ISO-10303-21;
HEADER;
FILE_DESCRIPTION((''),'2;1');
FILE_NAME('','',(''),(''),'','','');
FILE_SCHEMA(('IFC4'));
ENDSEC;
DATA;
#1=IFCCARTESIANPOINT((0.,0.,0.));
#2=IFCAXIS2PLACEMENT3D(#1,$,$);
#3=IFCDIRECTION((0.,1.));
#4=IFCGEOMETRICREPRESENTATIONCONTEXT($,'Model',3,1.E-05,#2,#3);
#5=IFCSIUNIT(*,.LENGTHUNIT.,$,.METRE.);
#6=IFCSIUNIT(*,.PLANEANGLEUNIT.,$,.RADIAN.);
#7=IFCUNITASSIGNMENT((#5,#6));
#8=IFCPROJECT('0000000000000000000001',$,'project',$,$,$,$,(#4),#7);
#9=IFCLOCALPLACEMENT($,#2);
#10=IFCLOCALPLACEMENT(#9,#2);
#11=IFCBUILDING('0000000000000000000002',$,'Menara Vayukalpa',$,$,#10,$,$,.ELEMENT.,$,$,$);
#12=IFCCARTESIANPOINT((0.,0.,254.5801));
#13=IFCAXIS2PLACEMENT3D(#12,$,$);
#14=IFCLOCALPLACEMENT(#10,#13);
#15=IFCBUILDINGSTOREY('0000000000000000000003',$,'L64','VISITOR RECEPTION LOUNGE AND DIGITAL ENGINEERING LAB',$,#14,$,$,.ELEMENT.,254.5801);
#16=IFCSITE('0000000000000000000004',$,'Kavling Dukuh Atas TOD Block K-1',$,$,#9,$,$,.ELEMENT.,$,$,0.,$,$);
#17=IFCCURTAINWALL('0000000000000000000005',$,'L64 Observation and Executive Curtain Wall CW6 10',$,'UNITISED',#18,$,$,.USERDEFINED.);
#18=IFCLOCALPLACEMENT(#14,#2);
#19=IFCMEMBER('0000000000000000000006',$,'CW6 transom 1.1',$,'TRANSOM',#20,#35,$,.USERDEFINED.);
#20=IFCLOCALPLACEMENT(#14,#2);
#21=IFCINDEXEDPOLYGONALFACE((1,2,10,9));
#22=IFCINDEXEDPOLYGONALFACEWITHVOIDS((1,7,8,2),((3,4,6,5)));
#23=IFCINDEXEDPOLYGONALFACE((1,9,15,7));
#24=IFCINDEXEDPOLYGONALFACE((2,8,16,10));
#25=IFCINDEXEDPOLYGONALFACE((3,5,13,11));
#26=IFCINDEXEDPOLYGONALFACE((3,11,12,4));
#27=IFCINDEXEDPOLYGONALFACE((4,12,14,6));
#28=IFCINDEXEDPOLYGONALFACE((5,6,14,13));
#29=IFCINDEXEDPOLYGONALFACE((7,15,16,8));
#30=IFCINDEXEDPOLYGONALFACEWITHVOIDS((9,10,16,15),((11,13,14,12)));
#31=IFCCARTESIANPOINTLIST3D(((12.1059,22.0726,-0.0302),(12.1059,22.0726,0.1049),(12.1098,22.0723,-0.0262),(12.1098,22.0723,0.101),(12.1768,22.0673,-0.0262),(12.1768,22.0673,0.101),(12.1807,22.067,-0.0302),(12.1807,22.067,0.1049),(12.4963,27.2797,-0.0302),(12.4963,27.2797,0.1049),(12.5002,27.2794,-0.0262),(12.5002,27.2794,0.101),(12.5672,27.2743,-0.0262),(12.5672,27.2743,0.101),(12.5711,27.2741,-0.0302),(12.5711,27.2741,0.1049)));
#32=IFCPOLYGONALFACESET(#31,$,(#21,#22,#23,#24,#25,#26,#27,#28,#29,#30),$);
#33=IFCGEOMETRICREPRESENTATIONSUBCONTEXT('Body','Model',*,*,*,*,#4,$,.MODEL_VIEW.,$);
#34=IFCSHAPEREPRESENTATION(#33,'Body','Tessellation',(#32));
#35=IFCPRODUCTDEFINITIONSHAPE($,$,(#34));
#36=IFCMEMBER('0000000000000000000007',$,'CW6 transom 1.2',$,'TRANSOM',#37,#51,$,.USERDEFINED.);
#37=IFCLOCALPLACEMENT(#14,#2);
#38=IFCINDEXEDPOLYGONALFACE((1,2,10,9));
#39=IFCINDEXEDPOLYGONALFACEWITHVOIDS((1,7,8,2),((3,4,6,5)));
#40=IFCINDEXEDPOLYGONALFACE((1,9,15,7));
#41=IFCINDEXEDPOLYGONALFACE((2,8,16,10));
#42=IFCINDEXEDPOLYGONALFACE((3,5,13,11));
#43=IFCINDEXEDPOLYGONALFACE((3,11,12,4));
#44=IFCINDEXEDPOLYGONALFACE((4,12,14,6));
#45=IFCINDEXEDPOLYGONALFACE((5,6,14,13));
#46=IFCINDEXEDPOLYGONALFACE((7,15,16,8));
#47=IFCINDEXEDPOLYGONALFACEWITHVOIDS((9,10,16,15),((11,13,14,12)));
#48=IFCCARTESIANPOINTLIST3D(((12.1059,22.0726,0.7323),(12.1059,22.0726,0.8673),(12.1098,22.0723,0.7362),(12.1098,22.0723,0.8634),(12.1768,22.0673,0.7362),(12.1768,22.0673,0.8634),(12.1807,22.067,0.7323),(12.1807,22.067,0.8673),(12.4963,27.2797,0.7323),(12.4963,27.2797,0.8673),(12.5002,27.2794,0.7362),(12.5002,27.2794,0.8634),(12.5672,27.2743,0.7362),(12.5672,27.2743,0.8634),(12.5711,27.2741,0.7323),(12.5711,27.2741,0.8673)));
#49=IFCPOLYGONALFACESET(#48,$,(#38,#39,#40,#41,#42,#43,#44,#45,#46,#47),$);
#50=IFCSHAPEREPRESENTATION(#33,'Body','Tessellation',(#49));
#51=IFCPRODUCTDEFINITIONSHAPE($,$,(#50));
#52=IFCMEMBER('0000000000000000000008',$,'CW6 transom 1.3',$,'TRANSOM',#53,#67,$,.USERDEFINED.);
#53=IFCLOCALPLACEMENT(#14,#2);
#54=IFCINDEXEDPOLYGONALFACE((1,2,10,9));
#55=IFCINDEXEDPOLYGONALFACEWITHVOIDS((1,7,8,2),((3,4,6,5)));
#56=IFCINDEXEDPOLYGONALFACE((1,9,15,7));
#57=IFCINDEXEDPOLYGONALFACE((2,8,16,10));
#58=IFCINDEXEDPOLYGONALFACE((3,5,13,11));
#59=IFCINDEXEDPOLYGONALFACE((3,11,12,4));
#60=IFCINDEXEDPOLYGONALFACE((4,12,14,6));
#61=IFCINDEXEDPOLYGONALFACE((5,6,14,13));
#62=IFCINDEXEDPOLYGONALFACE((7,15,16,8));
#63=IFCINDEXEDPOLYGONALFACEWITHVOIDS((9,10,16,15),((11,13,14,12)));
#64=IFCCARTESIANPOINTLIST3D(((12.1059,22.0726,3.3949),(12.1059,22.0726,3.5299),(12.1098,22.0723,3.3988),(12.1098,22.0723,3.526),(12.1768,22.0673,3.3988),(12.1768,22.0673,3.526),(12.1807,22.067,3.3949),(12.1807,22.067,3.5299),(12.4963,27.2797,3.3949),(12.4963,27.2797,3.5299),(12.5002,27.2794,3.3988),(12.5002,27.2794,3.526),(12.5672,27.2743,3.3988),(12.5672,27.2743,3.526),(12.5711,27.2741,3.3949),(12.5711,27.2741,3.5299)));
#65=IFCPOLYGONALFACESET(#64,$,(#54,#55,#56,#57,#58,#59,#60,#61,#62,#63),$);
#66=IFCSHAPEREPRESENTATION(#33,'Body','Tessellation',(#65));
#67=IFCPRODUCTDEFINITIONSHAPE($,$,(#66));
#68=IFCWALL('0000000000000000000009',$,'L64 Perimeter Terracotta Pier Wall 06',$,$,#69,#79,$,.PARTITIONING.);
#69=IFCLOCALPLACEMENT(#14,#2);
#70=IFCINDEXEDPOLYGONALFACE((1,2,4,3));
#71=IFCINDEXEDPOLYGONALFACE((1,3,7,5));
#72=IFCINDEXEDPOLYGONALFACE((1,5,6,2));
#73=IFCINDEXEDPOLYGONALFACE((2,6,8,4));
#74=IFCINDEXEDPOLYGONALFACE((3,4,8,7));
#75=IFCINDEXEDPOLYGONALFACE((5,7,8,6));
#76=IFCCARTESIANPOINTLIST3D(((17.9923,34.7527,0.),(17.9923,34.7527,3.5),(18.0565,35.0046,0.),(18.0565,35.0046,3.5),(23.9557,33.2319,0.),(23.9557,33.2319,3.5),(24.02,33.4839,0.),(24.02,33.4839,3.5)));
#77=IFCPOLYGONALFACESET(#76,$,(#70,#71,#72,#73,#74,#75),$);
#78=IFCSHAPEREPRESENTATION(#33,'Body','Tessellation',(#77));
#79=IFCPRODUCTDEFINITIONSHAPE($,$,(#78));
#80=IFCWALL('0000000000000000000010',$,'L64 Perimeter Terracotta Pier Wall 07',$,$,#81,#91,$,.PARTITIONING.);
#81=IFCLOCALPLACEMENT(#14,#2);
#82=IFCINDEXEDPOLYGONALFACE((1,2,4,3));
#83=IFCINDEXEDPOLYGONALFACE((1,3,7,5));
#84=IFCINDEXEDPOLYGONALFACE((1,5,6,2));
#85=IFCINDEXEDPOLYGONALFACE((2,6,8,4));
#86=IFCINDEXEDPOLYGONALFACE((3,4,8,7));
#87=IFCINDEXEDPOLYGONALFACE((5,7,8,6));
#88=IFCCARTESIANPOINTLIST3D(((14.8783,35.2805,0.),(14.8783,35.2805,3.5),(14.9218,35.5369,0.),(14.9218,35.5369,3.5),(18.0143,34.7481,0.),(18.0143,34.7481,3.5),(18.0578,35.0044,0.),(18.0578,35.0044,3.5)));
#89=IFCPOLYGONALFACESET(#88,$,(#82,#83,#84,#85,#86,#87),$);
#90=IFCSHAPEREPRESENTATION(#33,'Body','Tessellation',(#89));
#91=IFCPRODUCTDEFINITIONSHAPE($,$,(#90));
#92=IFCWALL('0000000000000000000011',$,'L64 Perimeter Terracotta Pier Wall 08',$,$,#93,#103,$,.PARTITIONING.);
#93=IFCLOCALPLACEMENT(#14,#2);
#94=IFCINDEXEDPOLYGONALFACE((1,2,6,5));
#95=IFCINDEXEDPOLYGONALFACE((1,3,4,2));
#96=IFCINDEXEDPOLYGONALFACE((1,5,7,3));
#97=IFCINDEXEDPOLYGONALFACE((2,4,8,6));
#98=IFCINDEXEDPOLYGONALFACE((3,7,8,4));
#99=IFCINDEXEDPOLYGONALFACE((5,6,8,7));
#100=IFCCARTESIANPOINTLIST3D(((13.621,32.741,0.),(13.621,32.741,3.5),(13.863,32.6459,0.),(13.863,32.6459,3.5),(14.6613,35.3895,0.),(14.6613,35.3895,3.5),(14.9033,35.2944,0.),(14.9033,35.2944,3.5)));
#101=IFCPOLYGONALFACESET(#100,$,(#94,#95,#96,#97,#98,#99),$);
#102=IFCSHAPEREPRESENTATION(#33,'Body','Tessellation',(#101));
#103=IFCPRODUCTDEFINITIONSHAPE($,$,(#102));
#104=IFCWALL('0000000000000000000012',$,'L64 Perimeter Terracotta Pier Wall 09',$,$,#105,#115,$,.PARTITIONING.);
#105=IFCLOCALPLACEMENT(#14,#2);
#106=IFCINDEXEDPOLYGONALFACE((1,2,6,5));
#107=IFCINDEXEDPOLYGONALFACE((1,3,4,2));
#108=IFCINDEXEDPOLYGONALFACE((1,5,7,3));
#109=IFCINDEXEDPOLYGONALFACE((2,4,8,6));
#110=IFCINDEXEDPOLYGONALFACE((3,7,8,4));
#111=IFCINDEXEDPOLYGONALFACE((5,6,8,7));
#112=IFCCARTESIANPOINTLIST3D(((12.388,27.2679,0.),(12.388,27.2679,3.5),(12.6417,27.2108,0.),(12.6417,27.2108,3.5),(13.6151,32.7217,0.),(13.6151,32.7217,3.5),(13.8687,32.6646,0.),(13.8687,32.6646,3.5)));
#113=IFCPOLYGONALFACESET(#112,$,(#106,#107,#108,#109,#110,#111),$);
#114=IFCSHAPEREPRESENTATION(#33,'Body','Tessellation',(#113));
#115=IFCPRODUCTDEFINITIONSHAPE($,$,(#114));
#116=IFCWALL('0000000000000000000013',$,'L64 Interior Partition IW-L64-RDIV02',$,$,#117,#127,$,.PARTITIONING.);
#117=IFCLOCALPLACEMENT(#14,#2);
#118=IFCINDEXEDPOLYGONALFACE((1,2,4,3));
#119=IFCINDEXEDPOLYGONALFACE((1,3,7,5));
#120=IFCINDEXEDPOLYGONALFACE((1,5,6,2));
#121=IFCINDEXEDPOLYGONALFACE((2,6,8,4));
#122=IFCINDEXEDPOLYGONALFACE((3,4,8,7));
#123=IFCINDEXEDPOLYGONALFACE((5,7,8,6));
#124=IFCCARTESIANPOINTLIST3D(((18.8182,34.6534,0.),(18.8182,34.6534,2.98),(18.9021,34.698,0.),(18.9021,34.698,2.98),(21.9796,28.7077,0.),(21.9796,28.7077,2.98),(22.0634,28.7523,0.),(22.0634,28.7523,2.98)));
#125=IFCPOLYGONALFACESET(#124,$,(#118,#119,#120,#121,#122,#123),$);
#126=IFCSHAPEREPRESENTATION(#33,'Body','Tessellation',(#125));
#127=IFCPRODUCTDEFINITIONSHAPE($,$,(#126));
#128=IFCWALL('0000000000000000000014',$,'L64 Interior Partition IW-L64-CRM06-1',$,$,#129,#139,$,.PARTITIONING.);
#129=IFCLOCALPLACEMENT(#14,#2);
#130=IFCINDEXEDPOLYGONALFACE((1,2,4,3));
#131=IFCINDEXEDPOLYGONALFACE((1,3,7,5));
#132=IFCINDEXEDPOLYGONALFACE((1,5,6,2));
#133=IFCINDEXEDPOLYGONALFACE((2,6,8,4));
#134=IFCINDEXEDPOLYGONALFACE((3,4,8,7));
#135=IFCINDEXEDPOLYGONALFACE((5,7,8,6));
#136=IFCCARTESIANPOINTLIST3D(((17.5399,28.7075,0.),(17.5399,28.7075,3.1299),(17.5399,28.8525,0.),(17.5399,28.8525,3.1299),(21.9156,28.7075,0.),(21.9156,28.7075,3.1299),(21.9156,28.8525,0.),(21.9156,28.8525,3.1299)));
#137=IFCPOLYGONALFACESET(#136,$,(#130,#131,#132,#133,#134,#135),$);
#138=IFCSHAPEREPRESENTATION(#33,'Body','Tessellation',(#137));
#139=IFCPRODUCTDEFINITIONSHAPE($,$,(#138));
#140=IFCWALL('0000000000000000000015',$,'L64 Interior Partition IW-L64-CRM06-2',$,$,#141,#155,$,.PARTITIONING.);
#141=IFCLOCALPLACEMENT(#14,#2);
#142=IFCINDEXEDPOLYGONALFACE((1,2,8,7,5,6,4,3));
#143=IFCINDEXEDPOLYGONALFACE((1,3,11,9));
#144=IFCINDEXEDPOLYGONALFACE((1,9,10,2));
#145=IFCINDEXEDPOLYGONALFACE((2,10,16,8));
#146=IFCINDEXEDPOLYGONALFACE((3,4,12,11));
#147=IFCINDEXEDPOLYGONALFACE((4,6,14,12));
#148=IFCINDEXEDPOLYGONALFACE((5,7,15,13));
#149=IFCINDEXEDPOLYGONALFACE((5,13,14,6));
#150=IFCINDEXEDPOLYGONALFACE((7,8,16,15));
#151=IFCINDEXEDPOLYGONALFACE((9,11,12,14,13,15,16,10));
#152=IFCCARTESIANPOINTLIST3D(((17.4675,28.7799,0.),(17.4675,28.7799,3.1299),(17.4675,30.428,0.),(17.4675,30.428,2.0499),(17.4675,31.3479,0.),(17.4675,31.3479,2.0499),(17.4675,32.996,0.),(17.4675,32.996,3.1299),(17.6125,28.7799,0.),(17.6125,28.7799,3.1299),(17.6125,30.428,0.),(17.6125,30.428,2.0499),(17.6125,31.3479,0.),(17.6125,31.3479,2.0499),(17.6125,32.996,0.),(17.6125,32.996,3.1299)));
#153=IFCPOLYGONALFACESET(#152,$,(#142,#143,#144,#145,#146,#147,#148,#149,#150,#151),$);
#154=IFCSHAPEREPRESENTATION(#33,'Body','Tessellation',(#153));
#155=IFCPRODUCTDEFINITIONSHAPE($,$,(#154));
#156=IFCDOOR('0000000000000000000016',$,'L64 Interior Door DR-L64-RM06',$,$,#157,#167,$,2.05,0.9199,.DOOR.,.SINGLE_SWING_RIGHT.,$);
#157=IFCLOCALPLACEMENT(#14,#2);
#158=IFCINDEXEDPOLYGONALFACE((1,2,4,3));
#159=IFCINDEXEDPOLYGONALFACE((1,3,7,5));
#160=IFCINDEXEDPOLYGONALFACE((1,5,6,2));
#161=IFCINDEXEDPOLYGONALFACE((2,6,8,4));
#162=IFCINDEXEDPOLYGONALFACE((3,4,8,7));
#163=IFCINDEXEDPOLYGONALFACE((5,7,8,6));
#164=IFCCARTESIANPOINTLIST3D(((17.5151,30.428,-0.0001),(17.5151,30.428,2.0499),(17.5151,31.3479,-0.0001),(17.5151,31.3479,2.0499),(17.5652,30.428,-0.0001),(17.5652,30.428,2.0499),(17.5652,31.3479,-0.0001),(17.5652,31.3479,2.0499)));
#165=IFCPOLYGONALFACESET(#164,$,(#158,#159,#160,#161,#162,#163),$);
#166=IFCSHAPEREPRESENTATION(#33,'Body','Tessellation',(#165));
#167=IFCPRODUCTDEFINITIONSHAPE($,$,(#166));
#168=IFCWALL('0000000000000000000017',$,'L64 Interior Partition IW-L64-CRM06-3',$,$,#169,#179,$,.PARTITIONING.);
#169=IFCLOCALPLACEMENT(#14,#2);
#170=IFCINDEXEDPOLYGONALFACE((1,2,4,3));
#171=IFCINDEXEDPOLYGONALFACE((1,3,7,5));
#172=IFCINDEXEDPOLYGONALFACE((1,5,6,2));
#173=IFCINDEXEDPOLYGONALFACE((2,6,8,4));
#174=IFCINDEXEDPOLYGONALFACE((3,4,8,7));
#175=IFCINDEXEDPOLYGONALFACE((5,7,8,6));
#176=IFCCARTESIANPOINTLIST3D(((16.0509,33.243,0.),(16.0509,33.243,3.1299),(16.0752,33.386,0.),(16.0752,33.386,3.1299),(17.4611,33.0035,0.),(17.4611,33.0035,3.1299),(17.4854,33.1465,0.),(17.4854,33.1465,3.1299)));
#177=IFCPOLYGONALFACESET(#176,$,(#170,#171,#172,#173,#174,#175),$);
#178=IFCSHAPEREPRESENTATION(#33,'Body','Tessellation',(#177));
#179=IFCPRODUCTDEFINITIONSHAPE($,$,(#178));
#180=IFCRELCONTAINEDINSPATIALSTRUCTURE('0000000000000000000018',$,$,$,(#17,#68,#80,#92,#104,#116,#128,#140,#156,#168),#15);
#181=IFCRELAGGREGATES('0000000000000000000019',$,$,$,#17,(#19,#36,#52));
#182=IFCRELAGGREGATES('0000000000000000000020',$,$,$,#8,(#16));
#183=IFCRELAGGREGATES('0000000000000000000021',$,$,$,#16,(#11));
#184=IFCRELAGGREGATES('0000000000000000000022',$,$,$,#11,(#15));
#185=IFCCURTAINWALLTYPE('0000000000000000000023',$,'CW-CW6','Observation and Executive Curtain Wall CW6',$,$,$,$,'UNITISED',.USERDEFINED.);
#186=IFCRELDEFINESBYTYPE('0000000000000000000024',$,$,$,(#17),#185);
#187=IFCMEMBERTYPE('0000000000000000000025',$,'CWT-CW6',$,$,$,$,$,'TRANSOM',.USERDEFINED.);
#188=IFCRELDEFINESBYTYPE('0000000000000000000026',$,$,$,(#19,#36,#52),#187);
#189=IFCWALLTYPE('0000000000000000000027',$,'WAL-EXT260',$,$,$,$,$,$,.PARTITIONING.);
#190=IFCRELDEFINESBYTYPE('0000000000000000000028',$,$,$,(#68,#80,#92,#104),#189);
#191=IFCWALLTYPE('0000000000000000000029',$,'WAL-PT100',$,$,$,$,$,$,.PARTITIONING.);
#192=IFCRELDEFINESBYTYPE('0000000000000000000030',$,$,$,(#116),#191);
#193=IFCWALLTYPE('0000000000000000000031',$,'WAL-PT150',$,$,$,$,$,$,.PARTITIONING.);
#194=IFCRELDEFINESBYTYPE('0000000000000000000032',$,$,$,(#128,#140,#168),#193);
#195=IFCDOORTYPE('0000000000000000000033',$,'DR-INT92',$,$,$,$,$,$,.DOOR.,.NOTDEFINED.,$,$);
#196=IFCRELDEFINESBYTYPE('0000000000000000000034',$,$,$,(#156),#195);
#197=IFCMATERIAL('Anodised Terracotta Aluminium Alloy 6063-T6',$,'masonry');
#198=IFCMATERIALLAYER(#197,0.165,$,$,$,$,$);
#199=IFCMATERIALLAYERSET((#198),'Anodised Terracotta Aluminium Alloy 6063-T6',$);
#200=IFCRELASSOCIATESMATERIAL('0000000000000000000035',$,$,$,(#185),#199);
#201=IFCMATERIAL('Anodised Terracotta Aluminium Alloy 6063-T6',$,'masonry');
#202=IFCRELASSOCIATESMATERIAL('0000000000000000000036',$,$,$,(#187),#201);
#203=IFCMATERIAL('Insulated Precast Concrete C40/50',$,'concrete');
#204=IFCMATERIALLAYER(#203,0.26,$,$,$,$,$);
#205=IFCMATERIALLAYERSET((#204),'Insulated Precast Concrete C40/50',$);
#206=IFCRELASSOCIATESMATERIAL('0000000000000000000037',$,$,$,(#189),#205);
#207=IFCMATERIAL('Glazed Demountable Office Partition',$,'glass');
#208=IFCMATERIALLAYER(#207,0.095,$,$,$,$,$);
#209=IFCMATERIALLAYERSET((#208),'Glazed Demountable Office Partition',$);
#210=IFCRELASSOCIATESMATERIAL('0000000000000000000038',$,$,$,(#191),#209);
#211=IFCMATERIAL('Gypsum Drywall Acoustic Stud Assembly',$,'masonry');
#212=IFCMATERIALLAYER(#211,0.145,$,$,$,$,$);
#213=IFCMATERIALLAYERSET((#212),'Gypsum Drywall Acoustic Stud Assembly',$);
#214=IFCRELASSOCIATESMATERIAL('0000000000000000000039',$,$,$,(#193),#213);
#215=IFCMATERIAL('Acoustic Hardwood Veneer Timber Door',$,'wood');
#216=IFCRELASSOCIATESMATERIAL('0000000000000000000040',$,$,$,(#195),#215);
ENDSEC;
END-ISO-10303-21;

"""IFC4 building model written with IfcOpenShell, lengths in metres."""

from ifc_helpers import new_model, si_unit, direction, frame, frame_2d, origin, origin_2d, place, context, subcontext, project, spatial, rectangle, hollow_rectangle, extrude, material, layer, layer_set, material_profile, profile_set, type_object, element, fill, aggregate, save


model = new_model("IFC4")

# Units and contexts
model_context = context("Model", 3, precision=1e-05, world=origin(), true_north=direction((0.0, 1.0)))
body_context = subcontext(model_context, "Body", "Model", "MODEL_VIEW")
ifc_project = project(units=[si_unit("LENGTHUNIT", "METRE"), si_unit("PLANEANGLEUNIT", "RADIAN")], contexts=[model_context])

# Site, building, storey
site_placement = place(None, origin())
site = spatial("IfcSite", under=ifc_project, at=site_placement, Name="Kavling Dukuh Atas TOD Block K-1", CompositionType="ELEMENT", RefElevation=0.0)
building_placement = place(site_placement, origin())
building = spatial("IfcBuilding", under=site, at=building_placement, Name="Menara Vayukalpa", CompositionType="ELEMENT")
storey_placement = place(building_placement, frame((0.0, 0.0, 254.5801)))
storey = spatial("IfcBuildingStorey", under=building, at=storey_placement, Name="L64", Description="VISITOR RECEPTION LOUNGE AND DIGITAL ENGINEERING LAB", CompositionType="ELEMENT", Elevation=254.5801)

# Curtain wall, members
ifc_material_1 = material(Name="Anodised Terracotta Aluminium Alloy 6063-T6", Category="masonry")
ifc_layer_1 = layer(ifc_material_1, 0.165)
ifc_layer_set_1 = layer_set([ifc_layer_1], Name="Anodised Terracotta Aluminium Alloy 6063-T6")
curtain_wall_type = type_object("IfcCurtainWallType", Name="CW-CW6", Description="Observation and Executive Curtain Wall CW6", ElementType="UNITISED", PredefinedType="USERDEFINED", material=ifc_layer_set_1)
curtain_wall_placement = place(storey_placement, origin())
curtain_wall = element("IfcCurtainWall", 1, at=curtain_wall_placement, inside=storey, type_object=curtain_wall_type, Name="L64 Observation and Executive Curtain Wall CW6 10", ObjectType="UNITISED", PredefinedType="USERDEFINED")
ifc_material_2 = material(Name="Anodised Terracotta Aluminium Alloy 6063-T6", Category="masonry")
ifc_material_profile_1 = material_profile(ifc_material_2, hollow_rectangle(XDim=0.075, YDim=0.135, WallThickness=0.0039, at=origin_2d()), Name="ALU 75x135x4")
ifc_profile_set_1 = profile_set([ifc_material_profile_1], Name="Anodised Terracotta Aluminium Alloy 6063-T6")
member_type_1 = type_object("IfcMemberType", Name="CWT-CW6", ElementType="TRANSOM", PredefinedType="USERDEFINED", material=ifc_profile_set_1)
member_1_placement = place(storey_placement, frame((12.5337, 27.2769, 0.0374), z_axis=(-0.074762, -0.997201, 0.0), x_axis=(0.997201, -0.074762, 0.0)))
member_1 = element("IfcMember", 2, at=member_1_placement, type_object=member_type_1, Name="CW6 transom 1.1", ObjectType="TRANSOM", PredefinedType="USERDEFINED", context=body_context, shape_type="SweptSolid", body=[
    extrude(hollow_rectangle(XDim=0.075, YDim=0.135, WallThickness=0.0039, at=origin_2d()), origin(), (0.0, 0.0, 1.0), 5.2217),
])
member_2_placement = place(storey_placement, frame((12.5337, 27.2769, 0.7998), z_axis=(-0.074762, -0.997201, 0.0), x_axis=(0.997201, -0.074762, 0.0)))
member_2 = element("IfcMember", 3, at=member_2_placement, type_object=member_type_1, Name="CW6 transom 1.2", ObjectType="TRANSOM", PredefinedType="USERDEFINED", context=body_context, shape_type="SweptSolid", body=[
    extrude(hollow_rectangle(XDim=0.075, YDim=0.135, WallThickness=0.0039, at=origin_2d()), origin(), (0.0, 0.0, 1.0), 5.2217),
])
member_3_placement = place(storey_placement, frame((12.5337, 27.2769, 3.4624), z_axis=(-0.074762, -0.997201, 0.0), x_axis=(0.997201, -0.074762, 0.0)))
member_3 = element("IfcMember", 4, at=member_3_placement, type_object=member_type_1, Name="CW6 transom 1.3", ObjectType="TRANSOM", PredefinedType="USERDEFINED", context=body_context, shape_type="SweptSolid", body=[
    extrude(hollow_rectangle(XDim=0.075, YDim=0.135, WallThickness=0.0039, at=origin_2d()), origin(), (0.0, 0.0, 1.0), 5.2217),
])
aggregate(curtain_wall, [member_1, member_2, member_3])

# Walls
ifc_material_3 = material(Name="Insulated Precast Concrete C40/50", Category="concrete")
ifc_layer_2 = layer(ifc_material_3, 0.26)
ifc_layer_set_2 = layer_set([ifc_layer_2], Name="Insulated Precast Concrete C40/50")
wall_type_1 = type_object("IfcWallType", Name="WAL-EXT260", PredefinedType="PARTITIONING", material=ifc_layer_set_2)
wall_1_placement = place(storey_placement, frame((18.0244, 34.8787, 0.0), z_axis=(0.0, 0.0, 1.0), x_axis=(0.968988, -0.247107, 0.0)))
element("IfcWall", 5, at=wall_1_placement, inside=storey, type_object=wall_type_1, Name="L64 Perimeter Terracotta Pier Wall 06", PredefinedType="PARTITIONING", context=body_context, shape_type="SweptSolid", body=[
    extrude(rectangle(XDim=6.1543, YDim=0.26, at=frame_2d((3.0771, 0.0))), origin(), (0.0, 0.0, 1.0), 3.5),
])
wall_2_placement = place(storey_placement, frame((14.9001, 35.4087, 0.0), z_axis=(0.0, 0.0, 1.0), x_axis=(0.985889, -0.167398, 0.0)))
element("IfcWall", 6, at=wall_2_placement, inside=storey, type_object=wall_type_1, Name="L64 Perimeter Terracotta Pier Wall 07", PredefinedType="PARTITIONING", context=body_context, shape_type="SweptSolid", body=[
    extrude(rectangle(XDim=3.1809, YDim=0.26, at=frame_2d((1.5903, 0.0))), origin(), (0.0, 0.0, 1.0), 3.5),
])
wall_3_placement = place(storey_placement, frame((13.7419, 32.6934, 0.0), z_axis=(0.0, 0.0, 1.0), x_axis=(0.365599, 0.930772, 0.0)))
element("IfcWall", 7, at=wall_3_placement, inside=storey, type_object=wall_type_1, Name="L64 Perimeter Terracotta Pier Wall 08", PredefinedType="PARTITIONING", context=body_context, shape_type="SweptSolid", body=[
    extrude(rectangle(XDim=2.8455, YDim=0.26, at=frame_2d((1.4229, 0.0))), origin(), (0.0, 0.0, 1.0), 3.5),
])
wall_4_placement = place(storey_placement, frame((12.5149, 27.2395, 0.0), z_axis=(0.0, 0.0, 1.0), x_axis=(0.219501, 0.975612, 0.0)))
element("IfcWall", 8, at=wall_4_placement, inside=storey, type_object=wall_type_1, Name="L64 Perimeter Terracotta Pier Wall 09", PredefinedType="PARTITIONING", context=body_context, shape_type="SweptSolid", body=[
    extrude(rectangle(XDim=5.5901, YDim=0.26, at=frame_2d((2.7949, 0.0))), origin(), (0.0, 0.0, 1.0), 3.5),
])
ifc_material_4 = material(Name="Glazed Demountable Office Partition", Category="glass")
ifc_layer_3 = layer(ifc_material_4, 0.095)
ifc_layer_set_3 = layer_set([ifc_layer_3], Name="Glazed Demountable Office Partition")
wall_type_2 = type_object("IfcWallType", Name="WAL-PT100", PredefinedType="PARTITIONING", material=ifc_layer_set_3)
wall_5_placement = place(storey_placement, frame((22.0215, 28.73, 0.0), z_axis=(0.0, 0.0, 1.0), x_axis=(-0.469464, 0.882951, 0.0)))
element("IfcWall", 9, at=wall_5_placement, inside=storey, type_object=wall_type_2, Name="L64 Interior Partition IW-L64-RDIV02", PredefinedType="PARTITIONING", context=body_context, shape_type="SweptSolid", body=[
    extrude(rectangle(XDim=6.7339, YDim=0.095, at=frame_2d((3.3669, 0.0))), origin(), (0.0, 0.0, 1.0), 2.98),
])
ifc_material_5 = material(Name="Gypsum Drywall Acoustic Stud Assembly", Category="masonry")
ifc_layer_4 = layer(ifc_material_5, 0.145)
ifc_layer_set_4 = layer_set([ifc_layer_4], Name="Gypsum Drywall Acoustic Stud Assembly")
wall_type_3 = type_object("IfcWallType", Name="WAL-PT150", PredefinedType="PARTITIONING", material=ifc_layer_set_4)
wall_6_placement = place(storey_placement, frame((21.9158, 28.78, 0.0), z_axis=(0.0, 0.0, 1.0), x_axis=(-1.0, 0.0, 0.0)))
element("IfcWall", 10, at=wall_6_placement, inside=storey, type_object=wall_type_3, Name="L64 Interior Partition IW-L64-CRM06-1", PredefinedType="PARTITIONING", context=body_context, shape_type="SweptSolid", body=[
    extrude(rectangle(XDim=4.3757, YDim=0.145, at=frame_2d((2.188, 0.0))), origin(), (0.0, 0.0, 1.0), 3.1299),
])

# Wall, opening, door
wall_7_placement = place(storey_placement, frame((17.54, 28.78, 0.0), z_axis=(0.0, 0.0, 1.0), x_axis=(0.0, 1.0, 0.0)))
wall_7 = element("IfcWall", 11, at=wall_7_placement, inside=storey, type_object=wall_type_3, Name="L64 Interior Partition IW-L64-CRM06-2", PredefinedType="PARTITIONING", context=body_context, shape_type="SweptSolid", body=[
    extrude(rectangle(XDim=4.2161, YDim=0.145, at=frame_2d((2.1079, 0.0))), origin(), (0.0, 0.0, 1.0), 3.1299),
])
opening_placement = place(wall_7_placement, frame((1.6479, 0.0, 0.0)))
opening = element("IfcOpeningElement", 12, at=opening_placement, cuts=wall_7, PredefinedType="OPENING", context=body_context, shape_type="SweptSolid", body=[
    extrude(rectangle(XDim=0.9199, YDim=2.05, at=frame_2d((0.46, 1.0249))), frame((0.0, 0.0825, 0.0), z_axis=(0.0, -1.0, 0.0), x_axis=(1.0, 0.0, 0.0)), (0.0, 0.0, 1.0), 0.165),
])
ifc_material_6 = material(Name="Acoustic Hardwood Veneer Timber Door", Category="wood")
door_type = type_object("IfcDoorType", Name="DR-INT92", OperationType="NOTDEFINED", PredefinedType="DOOR", material=ifc_material_6)
door_placement = place(opening_placement, origin())
door = element("IfcDoor", 13, at=door_placement, inside=storey, type_object=door_type, Name="L64 Interior Door DR-L64-RM06", OperationType="SINGLE_SWING_RIGHT", OverallHeight=2.05, OverallWidth=0.9199, PredefinedType="DOOR", context=body_context, shape_type="SweptSolid", body=[
    extrude(rectangle(XDim=0.9199, YDim=2.05, at=frame_2d((0.46, 1.0249))), frame((0.0, 0.0249, 0.0), z_axis=(0.0, -1.0, 0.0), x_axis=(1.0, 0.0, 0.0)), (0.0, 0.0, 1.0), 0.05),
])
fill(opening, door)

# Wall
wall_8_placement = place(storey_placement, frame((17.4734, 33.075, 0.0), z_axis=(0.0, 0.0, 1.0), x_axis=(-0.985882, 0.167443, 0.0)))
element("IfcWall", 14, at=wall_8_placement, inside=storey, type_object=wall_type_3, Name="L64 Interior Partition IW-L64-CRM06-3", PredefinedType="PARTITIONING", context=body_context, shape_type="SweptSolid", body=[
    extrude(rectangle(XDim=1.4304, YDim=0.145, at=frame_2d((0.7153, 0.0))), origin(), (0.0, 0.0, 1.0), 3.1299),
])

save(model, "model.ifc")
